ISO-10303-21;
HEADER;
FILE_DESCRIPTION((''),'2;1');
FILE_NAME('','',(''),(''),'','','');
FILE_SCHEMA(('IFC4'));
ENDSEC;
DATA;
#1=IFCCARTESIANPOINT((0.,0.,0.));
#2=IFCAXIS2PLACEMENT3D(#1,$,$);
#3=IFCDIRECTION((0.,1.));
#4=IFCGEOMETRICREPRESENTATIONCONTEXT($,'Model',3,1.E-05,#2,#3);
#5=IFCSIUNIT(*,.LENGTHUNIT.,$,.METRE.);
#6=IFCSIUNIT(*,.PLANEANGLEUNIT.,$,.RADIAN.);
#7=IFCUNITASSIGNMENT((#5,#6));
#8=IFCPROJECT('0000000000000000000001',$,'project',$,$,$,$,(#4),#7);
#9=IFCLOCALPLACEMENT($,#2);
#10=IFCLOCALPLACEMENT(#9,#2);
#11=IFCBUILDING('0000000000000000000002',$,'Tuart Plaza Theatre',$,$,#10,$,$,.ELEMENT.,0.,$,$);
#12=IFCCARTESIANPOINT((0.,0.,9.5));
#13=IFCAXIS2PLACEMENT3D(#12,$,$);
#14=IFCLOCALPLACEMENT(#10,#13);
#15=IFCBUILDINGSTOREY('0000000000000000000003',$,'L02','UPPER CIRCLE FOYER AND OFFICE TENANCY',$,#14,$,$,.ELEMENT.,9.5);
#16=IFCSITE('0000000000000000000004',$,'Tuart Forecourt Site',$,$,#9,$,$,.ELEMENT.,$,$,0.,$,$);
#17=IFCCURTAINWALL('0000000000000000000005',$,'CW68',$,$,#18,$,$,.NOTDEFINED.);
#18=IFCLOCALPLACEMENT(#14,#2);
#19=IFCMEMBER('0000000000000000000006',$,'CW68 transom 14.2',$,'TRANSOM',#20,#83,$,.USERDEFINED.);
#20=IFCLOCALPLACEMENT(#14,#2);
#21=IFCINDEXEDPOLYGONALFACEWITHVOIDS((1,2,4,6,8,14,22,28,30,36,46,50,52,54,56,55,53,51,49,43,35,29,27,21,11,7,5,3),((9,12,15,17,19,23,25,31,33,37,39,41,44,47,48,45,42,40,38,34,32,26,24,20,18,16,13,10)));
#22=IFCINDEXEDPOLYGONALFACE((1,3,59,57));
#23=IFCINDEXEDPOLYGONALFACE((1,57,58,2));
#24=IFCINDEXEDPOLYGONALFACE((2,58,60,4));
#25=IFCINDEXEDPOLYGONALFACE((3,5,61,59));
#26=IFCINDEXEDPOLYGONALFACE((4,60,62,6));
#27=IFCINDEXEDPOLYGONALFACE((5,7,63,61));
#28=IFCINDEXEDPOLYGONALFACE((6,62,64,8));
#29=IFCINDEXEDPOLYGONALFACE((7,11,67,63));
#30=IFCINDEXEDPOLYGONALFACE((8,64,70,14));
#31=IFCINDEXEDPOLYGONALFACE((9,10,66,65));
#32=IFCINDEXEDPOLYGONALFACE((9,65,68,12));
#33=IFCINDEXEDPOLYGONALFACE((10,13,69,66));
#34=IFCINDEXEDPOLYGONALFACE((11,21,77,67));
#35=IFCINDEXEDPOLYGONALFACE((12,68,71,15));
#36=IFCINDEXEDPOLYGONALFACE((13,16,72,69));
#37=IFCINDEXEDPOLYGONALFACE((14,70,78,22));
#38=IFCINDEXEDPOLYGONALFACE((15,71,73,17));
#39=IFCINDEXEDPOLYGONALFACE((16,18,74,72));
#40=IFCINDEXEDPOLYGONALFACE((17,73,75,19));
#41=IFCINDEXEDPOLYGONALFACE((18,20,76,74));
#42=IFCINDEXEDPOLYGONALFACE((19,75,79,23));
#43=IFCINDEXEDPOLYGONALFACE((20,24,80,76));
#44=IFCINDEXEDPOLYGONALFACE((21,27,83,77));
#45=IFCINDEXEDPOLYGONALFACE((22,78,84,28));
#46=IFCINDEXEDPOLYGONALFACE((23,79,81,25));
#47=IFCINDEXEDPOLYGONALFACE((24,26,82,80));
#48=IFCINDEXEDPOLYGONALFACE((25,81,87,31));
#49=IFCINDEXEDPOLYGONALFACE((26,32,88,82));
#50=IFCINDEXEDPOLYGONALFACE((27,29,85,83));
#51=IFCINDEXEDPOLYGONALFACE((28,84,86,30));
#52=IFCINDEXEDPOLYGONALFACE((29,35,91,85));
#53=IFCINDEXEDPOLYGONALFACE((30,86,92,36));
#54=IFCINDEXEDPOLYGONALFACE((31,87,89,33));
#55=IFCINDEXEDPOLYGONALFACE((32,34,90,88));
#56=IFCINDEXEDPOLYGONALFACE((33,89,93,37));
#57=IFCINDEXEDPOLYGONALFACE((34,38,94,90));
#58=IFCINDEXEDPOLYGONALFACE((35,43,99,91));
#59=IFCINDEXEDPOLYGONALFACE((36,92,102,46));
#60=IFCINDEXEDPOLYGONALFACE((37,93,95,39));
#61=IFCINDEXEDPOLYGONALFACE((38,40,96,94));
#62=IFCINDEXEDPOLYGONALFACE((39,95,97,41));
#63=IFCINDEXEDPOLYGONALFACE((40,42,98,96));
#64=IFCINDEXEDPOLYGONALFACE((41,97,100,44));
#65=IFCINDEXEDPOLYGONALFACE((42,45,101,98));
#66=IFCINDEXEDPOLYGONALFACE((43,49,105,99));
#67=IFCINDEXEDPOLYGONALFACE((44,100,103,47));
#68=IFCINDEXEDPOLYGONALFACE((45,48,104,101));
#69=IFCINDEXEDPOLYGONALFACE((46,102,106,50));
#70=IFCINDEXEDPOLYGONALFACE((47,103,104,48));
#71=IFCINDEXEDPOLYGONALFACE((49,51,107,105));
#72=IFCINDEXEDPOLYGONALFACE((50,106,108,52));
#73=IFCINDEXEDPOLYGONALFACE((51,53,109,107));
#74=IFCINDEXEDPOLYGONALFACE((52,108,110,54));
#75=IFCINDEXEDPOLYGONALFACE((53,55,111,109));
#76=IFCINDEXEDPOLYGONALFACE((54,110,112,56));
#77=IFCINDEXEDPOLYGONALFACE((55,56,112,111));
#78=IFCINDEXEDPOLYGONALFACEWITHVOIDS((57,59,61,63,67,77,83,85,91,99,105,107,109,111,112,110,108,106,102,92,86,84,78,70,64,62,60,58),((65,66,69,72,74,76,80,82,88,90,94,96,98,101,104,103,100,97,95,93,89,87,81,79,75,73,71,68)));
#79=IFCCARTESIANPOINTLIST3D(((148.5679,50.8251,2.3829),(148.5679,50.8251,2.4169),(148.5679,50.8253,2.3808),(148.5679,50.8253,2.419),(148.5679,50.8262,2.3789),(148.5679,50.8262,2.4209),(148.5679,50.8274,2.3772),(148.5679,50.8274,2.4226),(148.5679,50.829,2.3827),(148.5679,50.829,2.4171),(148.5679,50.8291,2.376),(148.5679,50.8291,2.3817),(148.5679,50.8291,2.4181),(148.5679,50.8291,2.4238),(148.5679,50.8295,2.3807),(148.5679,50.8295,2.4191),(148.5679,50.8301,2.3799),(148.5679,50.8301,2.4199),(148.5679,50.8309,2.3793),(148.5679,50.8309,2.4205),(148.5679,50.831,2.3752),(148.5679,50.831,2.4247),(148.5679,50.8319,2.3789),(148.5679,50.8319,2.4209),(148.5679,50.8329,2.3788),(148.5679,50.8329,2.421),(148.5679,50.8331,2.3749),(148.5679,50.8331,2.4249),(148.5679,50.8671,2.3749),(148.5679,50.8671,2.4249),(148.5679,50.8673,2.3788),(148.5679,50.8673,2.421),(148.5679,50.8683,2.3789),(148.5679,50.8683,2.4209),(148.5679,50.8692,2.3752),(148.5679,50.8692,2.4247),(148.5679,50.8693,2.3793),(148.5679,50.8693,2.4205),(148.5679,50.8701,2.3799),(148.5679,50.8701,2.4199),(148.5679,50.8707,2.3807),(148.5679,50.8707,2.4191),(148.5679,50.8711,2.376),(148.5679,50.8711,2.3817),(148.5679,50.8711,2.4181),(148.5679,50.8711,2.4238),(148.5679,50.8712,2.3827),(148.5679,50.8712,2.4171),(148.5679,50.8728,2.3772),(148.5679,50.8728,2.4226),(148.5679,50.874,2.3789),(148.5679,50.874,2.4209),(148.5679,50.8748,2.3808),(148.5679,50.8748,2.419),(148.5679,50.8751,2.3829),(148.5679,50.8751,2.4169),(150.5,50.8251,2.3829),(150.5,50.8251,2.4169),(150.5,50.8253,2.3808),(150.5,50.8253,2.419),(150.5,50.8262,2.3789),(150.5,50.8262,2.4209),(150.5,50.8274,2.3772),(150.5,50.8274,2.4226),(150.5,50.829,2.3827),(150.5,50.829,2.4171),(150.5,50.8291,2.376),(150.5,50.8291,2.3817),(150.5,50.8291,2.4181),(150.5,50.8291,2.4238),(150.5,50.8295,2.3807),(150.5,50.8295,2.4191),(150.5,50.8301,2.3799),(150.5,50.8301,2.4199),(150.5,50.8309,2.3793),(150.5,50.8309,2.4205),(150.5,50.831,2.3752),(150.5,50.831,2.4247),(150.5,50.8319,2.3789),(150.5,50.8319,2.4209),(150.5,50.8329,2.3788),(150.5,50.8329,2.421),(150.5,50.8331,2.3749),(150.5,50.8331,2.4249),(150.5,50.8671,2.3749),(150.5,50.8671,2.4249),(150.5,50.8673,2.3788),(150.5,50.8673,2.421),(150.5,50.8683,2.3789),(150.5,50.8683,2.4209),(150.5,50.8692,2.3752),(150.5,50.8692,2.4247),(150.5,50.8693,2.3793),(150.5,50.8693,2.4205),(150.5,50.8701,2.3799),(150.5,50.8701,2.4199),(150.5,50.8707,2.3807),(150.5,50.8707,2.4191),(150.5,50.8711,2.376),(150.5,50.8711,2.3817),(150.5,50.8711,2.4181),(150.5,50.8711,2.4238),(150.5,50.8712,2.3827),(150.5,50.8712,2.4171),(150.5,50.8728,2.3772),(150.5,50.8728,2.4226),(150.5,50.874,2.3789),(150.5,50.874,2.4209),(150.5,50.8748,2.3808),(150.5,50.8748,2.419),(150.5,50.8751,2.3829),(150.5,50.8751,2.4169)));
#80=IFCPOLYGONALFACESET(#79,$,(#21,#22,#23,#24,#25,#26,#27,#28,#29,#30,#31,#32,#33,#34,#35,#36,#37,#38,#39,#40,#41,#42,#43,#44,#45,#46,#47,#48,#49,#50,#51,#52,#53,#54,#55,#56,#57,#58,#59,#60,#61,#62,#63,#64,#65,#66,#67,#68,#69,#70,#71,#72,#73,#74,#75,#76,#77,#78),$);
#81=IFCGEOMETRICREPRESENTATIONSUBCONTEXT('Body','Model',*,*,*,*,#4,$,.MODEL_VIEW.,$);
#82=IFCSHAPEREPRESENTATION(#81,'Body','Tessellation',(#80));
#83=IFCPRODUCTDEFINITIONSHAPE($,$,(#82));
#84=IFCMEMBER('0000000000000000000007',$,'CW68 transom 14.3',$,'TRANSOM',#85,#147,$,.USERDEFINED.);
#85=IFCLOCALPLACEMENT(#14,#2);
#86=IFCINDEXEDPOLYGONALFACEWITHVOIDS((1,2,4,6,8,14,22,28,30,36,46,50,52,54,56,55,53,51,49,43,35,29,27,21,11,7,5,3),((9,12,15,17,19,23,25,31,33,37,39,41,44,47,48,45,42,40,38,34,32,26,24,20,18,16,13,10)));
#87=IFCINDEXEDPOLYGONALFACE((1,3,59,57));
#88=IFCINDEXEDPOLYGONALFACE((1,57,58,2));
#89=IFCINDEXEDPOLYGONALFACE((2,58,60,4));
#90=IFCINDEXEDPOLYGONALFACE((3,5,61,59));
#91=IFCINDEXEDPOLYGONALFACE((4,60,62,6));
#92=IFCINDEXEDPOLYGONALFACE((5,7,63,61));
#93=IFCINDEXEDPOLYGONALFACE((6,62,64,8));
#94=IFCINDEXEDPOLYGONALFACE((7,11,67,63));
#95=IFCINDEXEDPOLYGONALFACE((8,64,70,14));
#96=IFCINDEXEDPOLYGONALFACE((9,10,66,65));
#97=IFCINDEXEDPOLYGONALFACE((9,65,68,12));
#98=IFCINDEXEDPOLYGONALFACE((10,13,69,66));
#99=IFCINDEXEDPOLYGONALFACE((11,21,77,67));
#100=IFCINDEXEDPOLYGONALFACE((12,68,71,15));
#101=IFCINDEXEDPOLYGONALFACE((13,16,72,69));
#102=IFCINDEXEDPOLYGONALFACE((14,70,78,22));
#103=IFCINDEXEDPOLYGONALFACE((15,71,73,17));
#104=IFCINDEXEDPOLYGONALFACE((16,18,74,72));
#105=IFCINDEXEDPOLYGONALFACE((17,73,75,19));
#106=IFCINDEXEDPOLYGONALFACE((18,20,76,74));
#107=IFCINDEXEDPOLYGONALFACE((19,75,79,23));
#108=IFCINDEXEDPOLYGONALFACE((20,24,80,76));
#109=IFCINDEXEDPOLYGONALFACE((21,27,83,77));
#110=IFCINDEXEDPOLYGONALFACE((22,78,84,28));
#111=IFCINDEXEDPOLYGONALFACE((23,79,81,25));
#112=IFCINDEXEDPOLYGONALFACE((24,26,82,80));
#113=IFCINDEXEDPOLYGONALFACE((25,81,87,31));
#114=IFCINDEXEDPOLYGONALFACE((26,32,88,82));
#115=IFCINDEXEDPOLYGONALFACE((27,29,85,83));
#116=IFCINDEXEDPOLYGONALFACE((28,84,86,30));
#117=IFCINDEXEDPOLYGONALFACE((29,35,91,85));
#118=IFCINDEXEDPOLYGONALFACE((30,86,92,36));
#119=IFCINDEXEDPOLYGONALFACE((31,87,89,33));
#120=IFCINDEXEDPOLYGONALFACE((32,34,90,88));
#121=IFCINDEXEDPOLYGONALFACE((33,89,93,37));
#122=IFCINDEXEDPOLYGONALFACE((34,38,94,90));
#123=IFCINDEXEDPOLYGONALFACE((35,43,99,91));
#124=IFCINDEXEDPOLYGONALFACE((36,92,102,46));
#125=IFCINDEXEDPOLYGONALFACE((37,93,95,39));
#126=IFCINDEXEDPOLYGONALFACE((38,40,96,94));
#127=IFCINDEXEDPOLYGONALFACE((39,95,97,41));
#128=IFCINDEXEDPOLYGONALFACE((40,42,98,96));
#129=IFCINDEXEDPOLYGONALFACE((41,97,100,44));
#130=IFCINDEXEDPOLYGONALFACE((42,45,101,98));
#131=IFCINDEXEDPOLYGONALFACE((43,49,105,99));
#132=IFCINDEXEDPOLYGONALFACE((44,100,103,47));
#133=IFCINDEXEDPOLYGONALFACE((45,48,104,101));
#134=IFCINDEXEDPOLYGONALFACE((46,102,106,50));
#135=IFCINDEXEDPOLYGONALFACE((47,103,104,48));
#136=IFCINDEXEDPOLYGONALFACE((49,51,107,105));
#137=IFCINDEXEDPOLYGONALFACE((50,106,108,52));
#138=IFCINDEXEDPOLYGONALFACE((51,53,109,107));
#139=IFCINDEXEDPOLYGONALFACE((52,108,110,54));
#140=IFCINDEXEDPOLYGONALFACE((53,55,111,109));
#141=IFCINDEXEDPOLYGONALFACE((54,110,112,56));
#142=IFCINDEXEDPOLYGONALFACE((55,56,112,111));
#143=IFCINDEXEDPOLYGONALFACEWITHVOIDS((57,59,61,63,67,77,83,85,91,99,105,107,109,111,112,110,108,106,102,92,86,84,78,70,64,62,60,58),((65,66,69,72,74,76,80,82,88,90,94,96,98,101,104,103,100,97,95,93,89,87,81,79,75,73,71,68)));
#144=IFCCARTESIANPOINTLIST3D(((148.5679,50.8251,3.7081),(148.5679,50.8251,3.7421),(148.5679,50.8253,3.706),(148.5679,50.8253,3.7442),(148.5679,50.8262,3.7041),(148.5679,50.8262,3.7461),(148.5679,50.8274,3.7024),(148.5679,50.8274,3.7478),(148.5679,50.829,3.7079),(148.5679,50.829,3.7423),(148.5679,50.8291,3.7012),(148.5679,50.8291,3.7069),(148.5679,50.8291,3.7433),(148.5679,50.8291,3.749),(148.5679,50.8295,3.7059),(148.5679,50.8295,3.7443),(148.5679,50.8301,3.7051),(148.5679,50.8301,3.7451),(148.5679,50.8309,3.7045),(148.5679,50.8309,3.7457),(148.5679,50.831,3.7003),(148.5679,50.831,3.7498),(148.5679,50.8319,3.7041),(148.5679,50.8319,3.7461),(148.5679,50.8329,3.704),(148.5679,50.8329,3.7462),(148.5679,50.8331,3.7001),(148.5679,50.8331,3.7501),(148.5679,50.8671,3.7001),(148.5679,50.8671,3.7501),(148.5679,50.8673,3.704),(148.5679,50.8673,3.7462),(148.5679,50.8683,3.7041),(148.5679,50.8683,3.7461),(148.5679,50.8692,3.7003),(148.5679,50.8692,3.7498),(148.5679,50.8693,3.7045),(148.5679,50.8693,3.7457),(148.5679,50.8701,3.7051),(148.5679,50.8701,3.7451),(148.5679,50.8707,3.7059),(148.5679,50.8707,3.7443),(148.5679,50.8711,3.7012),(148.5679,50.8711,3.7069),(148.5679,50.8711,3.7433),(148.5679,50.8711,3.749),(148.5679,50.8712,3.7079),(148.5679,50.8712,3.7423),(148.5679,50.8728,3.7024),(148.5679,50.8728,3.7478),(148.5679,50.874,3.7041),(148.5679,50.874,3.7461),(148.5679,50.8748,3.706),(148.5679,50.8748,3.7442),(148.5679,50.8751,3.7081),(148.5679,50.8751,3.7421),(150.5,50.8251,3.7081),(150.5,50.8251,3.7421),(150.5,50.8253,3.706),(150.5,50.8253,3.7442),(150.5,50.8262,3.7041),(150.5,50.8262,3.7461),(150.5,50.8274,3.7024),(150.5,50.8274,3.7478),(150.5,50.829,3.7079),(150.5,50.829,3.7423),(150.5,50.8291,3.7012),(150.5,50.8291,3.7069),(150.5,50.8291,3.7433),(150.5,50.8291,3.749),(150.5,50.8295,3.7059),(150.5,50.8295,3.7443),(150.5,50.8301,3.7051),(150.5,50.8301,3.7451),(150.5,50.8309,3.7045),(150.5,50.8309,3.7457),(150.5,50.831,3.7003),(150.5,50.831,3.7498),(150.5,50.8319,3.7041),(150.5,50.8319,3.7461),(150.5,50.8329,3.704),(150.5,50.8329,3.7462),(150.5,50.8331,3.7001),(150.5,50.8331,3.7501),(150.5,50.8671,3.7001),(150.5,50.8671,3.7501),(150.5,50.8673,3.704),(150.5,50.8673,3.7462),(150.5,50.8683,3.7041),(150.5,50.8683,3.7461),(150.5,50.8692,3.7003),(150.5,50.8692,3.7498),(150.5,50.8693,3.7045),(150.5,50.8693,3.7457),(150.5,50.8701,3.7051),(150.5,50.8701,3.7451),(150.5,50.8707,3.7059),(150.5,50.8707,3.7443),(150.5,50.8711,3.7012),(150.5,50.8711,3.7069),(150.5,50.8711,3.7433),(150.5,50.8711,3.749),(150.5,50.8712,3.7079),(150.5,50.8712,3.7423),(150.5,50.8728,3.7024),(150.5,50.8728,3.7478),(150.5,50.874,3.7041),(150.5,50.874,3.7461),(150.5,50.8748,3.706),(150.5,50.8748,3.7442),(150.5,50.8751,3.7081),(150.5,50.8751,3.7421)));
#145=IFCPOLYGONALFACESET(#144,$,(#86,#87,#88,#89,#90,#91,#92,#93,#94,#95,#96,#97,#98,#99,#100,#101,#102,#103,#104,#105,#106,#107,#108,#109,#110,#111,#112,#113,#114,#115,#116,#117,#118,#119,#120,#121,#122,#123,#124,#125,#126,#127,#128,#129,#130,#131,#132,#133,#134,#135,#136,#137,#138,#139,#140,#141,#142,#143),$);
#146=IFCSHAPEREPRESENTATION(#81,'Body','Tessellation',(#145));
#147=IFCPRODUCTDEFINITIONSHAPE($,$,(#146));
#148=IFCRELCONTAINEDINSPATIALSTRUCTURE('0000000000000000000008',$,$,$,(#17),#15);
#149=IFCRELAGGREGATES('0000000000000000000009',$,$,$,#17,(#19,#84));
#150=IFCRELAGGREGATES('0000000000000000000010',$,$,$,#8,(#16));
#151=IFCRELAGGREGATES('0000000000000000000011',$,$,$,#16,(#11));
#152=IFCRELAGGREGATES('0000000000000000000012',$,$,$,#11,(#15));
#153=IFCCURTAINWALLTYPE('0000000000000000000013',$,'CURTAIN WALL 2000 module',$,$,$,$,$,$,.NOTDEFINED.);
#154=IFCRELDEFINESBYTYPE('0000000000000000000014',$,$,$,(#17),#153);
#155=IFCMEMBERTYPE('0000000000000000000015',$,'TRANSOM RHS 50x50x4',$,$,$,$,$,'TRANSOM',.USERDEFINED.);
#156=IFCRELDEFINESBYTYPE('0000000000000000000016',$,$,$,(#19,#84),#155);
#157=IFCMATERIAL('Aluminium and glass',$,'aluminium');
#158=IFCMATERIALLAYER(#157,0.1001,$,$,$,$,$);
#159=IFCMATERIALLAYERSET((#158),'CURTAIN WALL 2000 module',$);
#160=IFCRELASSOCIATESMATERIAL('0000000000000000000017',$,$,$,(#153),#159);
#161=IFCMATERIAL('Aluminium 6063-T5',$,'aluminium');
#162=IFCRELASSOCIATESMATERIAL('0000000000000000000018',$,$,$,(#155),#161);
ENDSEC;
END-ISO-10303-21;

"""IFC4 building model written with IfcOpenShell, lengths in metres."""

from ifc_helpers import new_model, si_unit, direction, frame, origin, origin_2d, place, context, subcontext, project, spatial, hollow_rectangle, extrude, material, layer, layer_set, material_profile, profile_set, type_object, element, aggregate, save


model = new_model("IFC4")

# Units and contexts
model_context = context("Model", 3, precision=1e-05, world=origin(), true_north=direction((0.0, 1.0)))
body_context = subcontext(model_context, "Body", "Model", "MODEL_VIEW")
ifc_project = project(units=[si_unit("LENGTHUNIT", "METRE"), si_unit("PLANEANGLEUNIT", "RADIAN")], contexts=[model_context])

# Site, building, storey
site_placement = place(None, origin())
site = spatial("IfcSite", under=ifc_project, at=site_placement, Name="Tuart Forecourt Site", CompositionType="ELEMENT", RefElevation=0.0)
building_placement = place(site_placement, origin())
building = spatial("IfcBuilding", under=site, at=building_placement, Name="Tuart Plaza Theatre", CompositionType="ELEMENT", ElevationOfRefHeight=0.0)
storey_placement = place(building_placement, frame((0.0, 0.0, 9.5)))
storey = spatial("IfcBuildingStorey", under=building, at=storey_placement, Name="L02", Description="UPPER CIRCLE FOYER AND OFFICE TENANCY", CompositionType="ELEMENT", Elevation=9.5)

# Curtain wall
ifc_material_1 = material(Name="Aluminium and glass", Category="aluminium")
ifc_layer_1 = layer(ifc_material_1, 0.1001)
ifc_layer_set_1 = layer_set([ifc_layer_1], Name="CURTAIN WALL 2000 module")
curtain_wall_type = type_object("IfcCurtainWallType", Name="CURTAIN WALL 2000 module", PredefinedType="NOTDEFINED", material=ifc_layer_set_1)
curtain_wall_1_placement = place(storey_placement, origin())
curtain_wall_1 = element("IfcCurtainWall", 1, at=curtain_wall_1_placement, inside=storey, type_object=curtain_wall_type, Name="CW68", PredefinedType="NOTDEFINED")

# Members
ifc_material_2 = material(Name="Aluminium 6063-T5", Category="aluminium")
ifc_material_profile_1 = material_profile(ifc_material_2, hollow_rectangle(XDim=0.05, YDim=0.05, WallThickness=0.0039, InnerFilletRadius=0.0039, OuterFilletRadius=0.0081, at=origin_2d()), Name="RHS 50x50x4")
ifc_profile_set_1 = profile_set([ifc_material_profile_1], Name="Aluminium 6063-T5")
member_type_1 = type_object("IfcMemberType", Name="TRANSOM RHS 50x50x4", ElementType="TRANSOM", PredefinedType="USERDEFINED", material=ifc_profile_set_1)
member_1_placement = place(storey_placement, frame((148.5679, 50.8501, 2.3999), z_axis=(1.0, 0.0, 0.0), x_axis=(0.0, 1.0, 0.0)))
member_1 = element("IfcMember", 2, at=member_1_placement, type_object=member_type_1, Name="CW68 transom 14.2", ObjectType="TRANSOM", PredefinedType="USERDEFINED", context=body_context, shape_type="SweptSolid", body=[
    extrude(hollow_rectangle(XDim=0.05, YDim=0.05, WallThickness=0.0039, InnerFilletRadius=0.0039, OuterFilletRadius=0.0081, at=origin_2d()), origin(), (0.0, 0.0, 1.0), 1.9321),
])
member_2_placement = place(storey_placement, frame((148.5679, 50.8501, 3.7251), z_axis=(1.0, 0.0, 0.0), x_axis=(0.0, 1.0, 0.0)))
member_2 = element("IfcMember", 3, at=member_2_placement, type_object=member_type_1, Name="CW68 transom 14.3", ObjectType="TRANSOM", PredefinedType="USERDEFINED", context=body_context, shape_type="SweptSolid", body=[
    extrude(hollow_rectangle(XDim=0.05, YDim=0.05, WallThickness=0.0039, InnerFilletRadius=0.0039, OuterFilletRadius=0.0081, at=origin_2d()), origin(), (0.0, 0.0, 1.0), 1.9321),
])

aggregate(curtain_wall_1, [member_1, member_2])

save(model, "model.ifc")
